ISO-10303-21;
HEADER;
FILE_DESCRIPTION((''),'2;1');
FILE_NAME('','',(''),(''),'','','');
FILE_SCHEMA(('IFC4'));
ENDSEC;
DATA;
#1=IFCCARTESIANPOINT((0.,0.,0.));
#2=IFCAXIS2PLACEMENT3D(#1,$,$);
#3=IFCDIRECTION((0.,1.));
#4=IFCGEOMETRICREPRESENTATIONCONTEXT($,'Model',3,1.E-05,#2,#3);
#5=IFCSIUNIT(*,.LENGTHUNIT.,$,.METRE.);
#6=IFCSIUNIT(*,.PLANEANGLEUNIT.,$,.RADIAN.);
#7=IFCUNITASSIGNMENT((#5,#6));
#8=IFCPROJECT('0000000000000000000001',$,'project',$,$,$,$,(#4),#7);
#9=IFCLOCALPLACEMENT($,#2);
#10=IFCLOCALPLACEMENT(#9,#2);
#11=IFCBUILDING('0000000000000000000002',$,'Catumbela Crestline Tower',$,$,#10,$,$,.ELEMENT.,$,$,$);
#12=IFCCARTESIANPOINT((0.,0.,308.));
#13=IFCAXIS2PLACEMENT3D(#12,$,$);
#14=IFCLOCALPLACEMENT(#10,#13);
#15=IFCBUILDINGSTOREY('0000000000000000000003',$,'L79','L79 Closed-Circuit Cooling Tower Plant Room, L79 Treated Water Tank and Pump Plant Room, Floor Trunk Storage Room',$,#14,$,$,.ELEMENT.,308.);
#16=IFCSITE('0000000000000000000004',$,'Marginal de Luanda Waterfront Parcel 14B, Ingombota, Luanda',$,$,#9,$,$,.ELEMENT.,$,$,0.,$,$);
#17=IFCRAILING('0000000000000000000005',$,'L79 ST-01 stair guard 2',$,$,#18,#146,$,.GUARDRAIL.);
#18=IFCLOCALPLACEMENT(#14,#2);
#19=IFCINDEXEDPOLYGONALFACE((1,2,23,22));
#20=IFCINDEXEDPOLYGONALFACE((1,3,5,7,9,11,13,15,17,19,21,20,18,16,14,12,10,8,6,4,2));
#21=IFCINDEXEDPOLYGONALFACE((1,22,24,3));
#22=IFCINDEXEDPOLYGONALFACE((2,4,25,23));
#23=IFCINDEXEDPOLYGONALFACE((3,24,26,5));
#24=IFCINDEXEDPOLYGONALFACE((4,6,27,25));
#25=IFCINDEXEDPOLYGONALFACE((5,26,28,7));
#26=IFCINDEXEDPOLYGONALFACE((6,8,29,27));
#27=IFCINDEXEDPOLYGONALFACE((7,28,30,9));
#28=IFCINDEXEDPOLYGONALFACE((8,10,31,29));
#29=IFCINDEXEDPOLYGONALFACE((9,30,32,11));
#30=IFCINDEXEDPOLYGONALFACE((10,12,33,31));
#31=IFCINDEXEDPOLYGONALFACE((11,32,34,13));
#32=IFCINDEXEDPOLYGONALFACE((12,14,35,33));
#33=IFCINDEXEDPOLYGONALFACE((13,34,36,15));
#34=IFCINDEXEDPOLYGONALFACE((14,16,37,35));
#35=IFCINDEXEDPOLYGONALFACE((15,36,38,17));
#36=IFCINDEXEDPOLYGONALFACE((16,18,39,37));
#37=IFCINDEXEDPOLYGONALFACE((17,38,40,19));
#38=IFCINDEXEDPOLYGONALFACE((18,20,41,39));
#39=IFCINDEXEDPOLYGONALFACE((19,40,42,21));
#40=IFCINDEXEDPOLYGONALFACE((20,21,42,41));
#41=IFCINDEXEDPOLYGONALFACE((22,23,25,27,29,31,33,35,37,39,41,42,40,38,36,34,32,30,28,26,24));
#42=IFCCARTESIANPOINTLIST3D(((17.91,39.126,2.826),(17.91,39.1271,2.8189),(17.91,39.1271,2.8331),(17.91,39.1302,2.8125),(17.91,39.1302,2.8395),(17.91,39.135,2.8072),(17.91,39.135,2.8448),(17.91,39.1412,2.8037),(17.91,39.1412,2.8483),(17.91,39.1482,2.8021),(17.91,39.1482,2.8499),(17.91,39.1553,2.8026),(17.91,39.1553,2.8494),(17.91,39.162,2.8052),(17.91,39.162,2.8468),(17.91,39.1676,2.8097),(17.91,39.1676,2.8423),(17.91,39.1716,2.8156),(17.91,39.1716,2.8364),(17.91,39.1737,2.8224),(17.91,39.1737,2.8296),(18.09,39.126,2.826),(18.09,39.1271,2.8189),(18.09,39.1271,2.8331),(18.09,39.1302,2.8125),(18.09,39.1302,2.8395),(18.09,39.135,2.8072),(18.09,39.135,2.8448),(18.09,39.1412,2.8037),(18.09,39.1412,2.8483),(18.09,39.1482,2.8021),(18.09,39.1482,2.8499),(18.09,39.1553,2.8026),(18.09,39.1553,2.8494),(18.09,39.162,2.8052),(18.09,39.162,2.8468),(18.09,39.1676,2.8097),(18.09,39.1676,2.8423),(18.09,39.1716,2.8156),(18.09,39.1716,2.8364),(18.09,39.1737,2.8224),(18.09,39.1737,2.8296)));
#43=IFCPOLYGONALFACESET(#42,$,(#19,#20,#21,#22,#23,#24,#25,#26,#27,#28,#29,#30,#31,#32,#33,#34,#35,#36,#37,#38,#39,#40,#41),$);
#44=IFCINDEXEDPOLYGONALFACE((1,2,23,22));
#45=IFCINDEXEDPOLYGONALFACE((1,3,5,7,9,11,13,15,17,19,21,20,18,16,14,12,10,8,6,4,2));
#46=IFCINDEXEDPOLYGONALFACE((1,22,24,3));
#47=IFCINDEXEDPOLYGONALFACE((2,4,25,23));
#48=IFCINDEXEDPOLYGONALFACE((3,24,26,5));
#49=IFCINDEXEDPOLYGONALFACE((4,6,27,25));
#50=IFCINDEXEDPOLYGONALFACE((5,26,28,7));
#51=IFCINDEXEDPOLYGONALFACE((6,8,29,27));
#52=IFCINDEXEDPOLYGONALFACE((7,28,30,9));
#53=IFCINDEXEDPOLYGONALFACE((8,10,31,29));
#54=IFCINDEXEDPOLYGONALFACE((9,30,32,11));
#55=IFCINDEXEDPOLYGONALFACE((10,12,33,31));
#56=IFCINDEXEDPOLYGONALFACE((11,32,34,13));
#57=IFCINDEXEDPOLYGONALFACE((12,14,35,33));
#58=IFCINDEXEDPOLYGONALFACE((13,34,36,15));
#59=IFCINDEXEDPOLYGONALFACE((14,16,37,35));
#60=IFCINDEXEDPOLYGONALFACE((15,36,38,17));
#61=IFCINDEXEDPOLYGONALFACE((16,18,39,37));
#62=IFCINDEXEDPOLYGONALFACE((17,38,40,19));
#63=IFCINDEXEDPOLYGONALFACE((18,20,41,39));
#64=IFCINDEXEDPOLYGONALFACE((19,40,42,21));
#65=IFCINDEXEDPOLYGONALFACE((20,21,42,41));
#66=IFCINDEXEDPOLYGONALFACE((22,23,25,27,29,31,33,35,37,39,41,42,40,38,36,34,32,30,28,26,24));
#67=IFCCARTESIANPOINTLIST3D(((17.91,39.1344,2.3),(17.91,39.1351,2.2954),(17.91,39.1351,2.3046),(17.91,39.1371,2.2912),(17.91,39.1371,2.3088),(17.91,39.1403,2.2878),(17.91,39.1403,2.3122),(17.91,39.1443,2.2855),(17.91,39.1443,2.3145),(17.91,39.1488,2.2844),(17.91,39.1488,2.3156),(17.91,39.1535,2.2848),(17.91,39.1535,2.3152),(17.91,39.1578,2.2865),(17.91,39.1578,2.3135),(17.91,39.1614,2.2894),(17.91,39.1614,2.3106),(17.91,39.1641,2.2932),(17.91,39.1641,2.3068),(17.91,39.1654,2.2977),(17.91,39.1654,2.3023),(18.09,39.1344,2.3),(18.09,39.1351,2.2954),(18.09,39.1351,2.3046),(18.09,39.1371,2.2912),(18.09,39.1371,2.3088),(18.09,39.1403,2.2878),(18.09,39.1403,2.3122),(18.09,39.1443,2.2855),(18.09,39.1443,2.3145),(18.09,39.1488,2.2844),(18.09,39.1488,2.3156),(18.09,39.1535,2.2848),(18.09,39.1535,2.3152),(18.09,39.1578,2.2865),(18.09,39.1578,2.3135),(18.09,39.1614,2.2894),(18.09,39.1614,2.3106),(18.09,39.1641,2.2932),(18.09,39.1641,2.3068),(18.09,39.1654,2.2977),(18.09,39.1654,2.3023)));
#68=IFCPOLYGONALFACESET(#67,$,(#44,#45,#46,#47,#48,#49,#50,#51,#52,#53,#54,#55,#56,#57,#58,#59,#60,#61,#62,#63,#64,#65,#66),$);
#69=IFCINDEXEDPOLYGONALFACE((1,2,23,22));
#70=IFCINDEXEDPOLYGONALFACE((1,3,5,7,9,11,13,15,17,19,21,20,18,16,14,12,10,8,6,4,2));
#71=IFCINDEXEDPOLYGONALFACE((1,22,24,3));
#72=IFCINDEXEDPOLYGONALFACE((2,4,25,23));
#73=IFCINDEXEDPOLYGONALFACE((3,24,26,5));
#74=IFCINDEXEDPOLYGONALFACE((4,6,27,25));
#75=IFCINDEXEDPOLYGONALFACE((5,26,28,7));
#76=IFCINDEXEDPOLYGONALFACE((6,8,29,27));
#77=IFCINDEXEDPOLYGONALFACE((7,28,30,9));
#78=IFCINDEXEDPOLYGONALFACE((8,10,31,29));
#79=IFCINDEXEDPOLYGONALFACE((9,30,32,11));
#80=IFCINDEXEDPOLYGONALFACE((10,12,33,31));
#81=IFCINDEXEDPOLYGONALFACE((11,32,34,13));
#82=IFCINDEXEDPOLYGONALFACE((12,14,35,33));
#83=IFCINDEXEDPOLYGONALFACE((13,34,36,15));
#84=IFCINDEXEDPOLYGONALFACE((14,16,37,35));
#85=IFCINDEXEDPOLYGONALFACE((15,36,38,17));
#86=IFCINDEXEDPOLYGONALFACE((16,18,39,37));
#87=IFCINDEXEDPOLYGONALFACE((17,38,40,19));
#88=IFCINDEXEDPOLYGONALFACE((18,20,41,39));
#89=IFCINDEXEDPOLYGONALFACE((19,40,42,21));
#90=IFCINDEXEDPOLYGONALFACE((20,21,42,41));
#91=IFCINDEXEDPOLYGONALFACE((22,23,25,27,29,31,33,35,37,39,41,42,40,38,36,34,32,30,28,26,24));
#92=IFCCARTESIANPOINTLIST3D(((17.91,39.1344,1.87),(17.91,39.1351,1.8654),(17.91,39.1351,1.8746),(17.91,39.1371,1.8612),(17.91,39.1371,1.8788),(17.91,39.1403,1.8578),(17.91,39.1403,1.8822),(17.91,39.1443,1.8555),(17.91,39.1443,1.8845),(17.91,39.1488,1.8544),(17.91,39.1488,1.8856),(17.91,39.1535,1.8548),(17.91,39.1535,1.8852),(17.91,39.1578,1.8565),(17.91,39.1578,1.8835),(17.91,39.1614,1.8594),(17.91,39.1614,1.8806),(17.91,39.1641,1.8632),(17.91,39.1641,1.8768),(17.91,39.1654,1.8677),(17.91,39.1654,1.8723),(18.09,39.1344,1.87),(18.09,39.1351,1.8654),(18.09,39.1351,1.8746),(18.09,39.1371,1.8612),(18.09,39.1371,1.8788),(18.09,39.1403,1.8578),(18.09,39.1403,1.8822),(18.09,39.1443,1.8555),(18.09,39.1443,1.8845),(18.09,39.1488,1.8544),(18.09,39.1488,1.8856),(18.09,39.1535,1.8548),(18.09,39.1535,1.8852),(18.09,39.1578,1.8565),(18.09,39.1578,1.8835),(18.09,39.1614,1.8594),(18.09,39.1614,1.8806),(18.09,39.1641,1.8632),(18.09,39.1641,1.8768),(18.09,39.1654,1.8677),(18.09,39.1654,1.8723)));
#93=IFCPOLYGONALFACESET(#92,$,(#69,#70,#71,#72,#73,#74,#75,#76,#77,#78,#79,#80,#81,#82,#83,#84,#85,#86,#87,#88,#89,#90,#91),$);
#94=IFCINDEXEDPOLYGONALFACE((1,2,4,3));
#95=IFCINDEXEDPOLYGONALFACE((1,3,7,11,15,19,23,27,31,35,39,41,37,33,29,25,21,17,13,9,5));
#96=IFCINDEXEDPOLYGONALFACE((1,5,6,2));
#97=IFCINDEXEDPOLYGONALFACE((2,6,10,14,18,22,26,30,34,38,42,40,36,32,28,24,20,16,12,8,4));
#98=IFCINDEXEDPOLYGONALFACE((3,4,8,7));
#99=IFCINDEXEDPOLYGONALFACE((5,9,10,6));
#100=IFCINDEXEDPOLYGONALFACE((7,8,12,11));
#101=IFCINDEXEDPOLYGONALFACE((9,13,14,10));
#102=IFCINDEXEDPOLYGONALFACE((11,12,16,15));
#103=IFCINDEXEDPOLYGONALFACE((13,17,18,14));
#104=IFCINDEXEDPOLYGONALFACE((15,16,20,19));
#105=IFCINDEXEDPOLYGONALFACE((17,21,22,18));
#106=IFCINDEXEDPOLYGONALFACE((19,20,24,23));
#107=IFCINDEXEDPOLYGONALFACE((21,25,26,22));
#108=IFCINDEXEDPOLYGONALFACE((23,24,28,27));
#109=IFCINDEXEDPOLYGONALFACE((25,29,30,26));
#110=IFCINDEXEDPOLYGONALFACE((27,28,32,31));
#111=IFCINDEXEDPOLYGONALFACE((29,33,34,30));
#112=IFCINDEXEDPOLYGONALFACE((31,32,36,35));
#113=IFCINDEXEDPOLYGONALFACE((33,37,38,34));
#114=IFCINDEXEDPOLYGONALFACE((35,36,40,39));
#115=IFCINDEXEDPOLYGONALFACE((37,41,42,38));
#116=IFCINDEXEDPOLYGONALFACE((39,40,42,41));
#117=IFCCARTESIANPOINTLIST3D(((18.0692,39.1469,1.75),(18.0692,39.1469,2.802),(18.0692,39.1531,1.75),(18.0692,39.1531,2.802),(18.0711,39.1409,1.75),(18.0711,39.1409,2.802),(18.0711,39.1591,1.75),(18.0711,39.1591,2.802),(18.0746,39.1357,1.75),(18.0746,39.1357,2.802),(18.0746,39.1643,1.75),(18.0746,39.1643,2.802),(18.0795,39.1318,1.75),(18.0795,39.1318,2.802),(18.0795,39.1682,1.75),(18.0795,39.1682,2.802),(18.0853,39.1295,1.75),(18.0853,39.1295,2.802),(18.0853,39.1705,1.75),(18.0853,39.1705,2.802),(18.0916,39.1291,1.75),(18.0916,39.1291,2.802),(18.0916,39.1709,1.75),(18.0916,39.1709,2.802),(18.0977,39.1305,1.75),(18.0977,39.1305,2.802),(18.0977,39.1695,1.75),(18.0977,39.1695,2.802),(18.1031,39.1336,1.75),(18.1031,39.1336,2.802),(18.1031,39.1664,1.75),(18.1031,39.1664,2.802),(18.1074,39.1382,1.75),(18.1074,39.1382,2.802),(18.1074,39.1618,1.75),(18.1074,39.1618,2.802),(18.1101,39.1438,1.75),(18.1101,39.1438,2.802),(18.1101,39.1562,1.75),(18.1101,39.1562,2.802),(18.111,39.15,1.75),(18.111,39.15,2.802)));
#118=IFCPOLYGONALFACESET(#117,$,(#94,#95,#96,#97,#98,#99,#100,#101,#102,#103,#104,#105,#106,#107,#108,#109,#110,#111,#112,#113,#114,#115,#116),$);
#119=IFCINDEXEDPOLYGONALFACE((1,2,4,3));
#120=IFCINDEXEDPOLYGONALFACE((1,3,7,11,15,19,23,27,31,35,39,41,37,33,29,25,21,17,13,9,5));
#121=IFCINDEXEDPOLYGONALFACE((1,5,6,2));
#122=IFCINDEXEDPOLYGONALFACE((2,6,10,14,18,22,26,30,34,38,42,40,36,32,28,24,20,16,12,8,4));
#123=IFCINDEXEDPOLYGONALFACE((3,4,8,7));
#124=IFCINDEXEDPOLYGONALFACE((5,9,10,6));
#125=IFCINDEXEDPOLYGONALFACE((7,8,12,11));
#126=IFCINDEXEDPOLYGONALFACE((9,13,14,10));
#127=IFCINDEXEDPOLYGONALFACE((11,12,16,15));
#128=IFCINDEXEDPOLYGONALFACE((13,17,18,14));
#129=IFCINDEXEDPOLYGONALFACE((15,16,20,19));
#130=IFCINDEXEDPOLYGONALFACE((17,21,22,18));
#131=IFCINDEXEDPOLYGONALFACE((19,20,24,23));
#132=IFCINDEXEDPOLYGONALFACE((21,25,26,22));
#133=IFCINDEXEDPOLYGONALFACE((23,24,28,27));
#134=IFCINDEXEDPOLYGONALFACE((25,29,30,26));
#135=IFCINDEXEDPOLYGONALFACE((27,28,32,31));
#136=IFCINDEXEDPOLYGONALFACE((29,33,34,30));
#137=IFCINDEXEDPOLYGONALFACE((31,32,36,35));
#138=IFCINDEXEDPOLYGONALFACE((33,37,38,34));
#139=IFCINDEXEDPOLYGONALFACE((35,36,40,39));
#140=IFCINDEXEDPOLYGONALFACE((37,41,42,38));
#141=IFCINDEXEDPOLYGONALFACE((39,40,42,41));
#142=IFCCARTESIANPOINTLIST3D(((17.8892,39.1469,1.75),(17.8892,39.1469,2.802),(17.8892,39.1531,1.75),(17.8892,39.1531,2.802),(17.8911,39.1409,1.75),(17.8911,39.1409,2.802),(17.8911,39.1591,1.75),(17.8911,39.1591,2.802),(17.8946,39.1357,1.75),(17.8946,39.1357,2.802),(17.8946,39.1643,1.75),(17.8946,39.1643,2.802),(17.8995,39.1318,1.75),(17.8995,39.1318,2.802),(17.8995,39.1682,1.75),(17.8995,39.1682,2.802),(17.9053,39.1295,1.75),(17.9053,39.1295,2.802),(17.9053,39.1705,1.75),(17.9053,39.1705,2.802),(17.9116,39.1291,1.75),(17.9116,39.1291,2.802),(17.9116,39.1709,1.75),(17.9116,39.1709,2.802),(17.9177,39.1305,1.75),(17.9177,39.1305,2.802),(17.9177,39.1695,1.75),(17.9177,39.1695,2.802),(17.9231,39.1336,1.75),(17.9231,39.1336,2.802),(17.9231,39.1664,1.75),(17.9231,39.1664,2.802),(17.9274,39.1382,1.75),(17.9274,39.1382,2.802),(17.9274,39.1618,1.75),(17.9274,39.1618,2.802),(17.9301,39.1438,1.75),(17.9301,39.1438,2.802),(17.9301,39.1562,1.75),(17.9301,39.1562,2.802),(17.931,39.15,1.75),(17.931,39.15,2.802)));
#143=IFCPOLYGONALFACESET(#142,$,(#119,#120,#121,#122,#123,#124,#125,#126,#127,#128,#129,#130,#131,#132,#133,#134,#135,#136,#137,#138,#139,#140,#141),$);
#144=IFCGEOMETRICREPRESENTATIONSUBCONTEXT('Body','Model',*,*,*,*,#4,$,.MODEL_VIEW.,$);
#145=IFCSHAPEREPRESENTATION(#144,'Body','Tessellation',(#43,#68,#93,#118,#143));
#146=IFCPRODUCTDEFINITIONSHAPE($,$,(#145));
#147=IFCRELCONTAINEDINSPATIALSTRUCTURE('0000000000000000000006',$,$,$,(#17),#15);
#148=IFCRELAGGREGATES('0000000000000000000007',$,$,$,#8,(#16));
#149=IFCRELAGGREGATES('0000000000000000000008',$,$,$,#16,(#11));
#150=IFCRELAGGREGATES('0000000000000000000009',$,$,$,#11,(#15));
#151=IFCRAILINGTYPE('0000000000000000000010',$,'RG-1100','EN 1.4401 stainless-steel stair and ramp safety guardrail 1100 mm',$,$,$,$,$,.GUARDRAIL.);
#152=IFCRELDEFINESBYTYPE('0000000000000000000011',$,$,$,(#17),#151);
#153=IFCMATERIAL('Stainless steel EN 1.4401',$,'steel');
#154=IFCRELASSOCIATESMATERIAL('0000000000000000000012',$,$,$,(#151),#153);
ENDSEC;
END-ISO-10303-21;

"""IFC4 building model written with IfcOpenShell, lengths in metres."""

from ifc_helpers import new_model, si_unit, direction, frame, origin, origin_2d, place, context, subcontext, project, spatial, circle, extrude, material, type_object, element, save


model = new_model("IFC4")

# Units and contexts
model_context = context("Model", 3, precision=1e-05, world=origin(), true_north=direction((0.0, 1.0)))
body_context = subcontext(model_context, "Body", "Model", "MODEL_VIEW")
ifc_project = project(units=[si_unit("LENGTHUNIT", "METRE"), si_unit("PLANEANGLEUNIT", "RADIAN")], contexts=[model_context])

# Site, building, storey
site_placement = place(None, origin())
site = spatial("IfcSite", under=ifc_project, at=site_placement, Name="Marginal de Luanda Waterfront Parcel 14B, Ingombota, Luanda", CompositionType="ELEMENT", RefElevation=0.0)
building_placement = place(site_placement, origin())
building = spatial("IfcBuilding", under=site, at=building_placement, Name="Catumbela Crestline Tower", CompositionType="ELEMENT")
storey_placement = place(building_placement, frame((0.0, 0.0, 308.0)))
storey = spatial("IfcBuildingStorey", under=building, at=storey_placement, Name="L79", Description="L79 Closed-Circuit Cooling Tower Plant Room, L79 Treated Water Tank and Pump Plant Room, Floor Trunk Storage Room", CompositionType="ELEMENT", Elevation=308.0)

# Shared definitions
ifc_material_1 = material(Name="Stainless steel EN 1.4401", Category="steel")

# Railing
railing_type_1 = type_object("IfcRailingType", Name="RG-1100", Description="EN 1.4401 stainless-steel stair and ramp safety guardrail 1100 mm", PredefinedType="GUARDRAIL", material=ifc_material_1)
railing_1_placement = place(storey_placement, frame((18.09, 39.15, 1.75)))
element("IfcRailing", 1, at=railing_1_placement, inside=storey, type_object=railing_type_1, Name="L79 ST-01 stair guard 2", PredefinedType="GUARDRAIL", context=body_context, shape_type="SweptSolid", body=[
    extrude(circle(Radius=0.024, at=origin_2d()), frame((0.0, 0.0, 1.076), z_axis=(-1.0, 0.0, 0.0), x_axis=(0.0, -1.0, 0.0)), (0.0, 0.0, 1.0), 0.18),
    extrude(circle(Radius=0.0156, at=origin_2d()), frame((0.0, 0.0, 0.55), z_axis=(-1.0, 0.0, 0.0), x_axis=(0.0, -1.0, 0.0)), (0.0, 0.0, 1.0), 0.18),
    extrude(circle(Radius=0.0156, at=origin_2d()), frame((0.0, 0.0, 0.12), z_axis=(-1.0, 0.0, 0.0), x_axis=(0.0, -1.0, 0.0)), (0.0, 0.0, 1.0), 0.18),
    extrude(circle(Radius=0.021, at=origin_2d()), origin(), (0.0, 0.0, 1.0), 1.052),
    extrude(circle(Radius=0.021, at=origin_2d()), frame((-0.18, 0.0, 0.0)), (0.0, 0.0, 1.0), 1.052),
])

save(model, "model.ifc")
